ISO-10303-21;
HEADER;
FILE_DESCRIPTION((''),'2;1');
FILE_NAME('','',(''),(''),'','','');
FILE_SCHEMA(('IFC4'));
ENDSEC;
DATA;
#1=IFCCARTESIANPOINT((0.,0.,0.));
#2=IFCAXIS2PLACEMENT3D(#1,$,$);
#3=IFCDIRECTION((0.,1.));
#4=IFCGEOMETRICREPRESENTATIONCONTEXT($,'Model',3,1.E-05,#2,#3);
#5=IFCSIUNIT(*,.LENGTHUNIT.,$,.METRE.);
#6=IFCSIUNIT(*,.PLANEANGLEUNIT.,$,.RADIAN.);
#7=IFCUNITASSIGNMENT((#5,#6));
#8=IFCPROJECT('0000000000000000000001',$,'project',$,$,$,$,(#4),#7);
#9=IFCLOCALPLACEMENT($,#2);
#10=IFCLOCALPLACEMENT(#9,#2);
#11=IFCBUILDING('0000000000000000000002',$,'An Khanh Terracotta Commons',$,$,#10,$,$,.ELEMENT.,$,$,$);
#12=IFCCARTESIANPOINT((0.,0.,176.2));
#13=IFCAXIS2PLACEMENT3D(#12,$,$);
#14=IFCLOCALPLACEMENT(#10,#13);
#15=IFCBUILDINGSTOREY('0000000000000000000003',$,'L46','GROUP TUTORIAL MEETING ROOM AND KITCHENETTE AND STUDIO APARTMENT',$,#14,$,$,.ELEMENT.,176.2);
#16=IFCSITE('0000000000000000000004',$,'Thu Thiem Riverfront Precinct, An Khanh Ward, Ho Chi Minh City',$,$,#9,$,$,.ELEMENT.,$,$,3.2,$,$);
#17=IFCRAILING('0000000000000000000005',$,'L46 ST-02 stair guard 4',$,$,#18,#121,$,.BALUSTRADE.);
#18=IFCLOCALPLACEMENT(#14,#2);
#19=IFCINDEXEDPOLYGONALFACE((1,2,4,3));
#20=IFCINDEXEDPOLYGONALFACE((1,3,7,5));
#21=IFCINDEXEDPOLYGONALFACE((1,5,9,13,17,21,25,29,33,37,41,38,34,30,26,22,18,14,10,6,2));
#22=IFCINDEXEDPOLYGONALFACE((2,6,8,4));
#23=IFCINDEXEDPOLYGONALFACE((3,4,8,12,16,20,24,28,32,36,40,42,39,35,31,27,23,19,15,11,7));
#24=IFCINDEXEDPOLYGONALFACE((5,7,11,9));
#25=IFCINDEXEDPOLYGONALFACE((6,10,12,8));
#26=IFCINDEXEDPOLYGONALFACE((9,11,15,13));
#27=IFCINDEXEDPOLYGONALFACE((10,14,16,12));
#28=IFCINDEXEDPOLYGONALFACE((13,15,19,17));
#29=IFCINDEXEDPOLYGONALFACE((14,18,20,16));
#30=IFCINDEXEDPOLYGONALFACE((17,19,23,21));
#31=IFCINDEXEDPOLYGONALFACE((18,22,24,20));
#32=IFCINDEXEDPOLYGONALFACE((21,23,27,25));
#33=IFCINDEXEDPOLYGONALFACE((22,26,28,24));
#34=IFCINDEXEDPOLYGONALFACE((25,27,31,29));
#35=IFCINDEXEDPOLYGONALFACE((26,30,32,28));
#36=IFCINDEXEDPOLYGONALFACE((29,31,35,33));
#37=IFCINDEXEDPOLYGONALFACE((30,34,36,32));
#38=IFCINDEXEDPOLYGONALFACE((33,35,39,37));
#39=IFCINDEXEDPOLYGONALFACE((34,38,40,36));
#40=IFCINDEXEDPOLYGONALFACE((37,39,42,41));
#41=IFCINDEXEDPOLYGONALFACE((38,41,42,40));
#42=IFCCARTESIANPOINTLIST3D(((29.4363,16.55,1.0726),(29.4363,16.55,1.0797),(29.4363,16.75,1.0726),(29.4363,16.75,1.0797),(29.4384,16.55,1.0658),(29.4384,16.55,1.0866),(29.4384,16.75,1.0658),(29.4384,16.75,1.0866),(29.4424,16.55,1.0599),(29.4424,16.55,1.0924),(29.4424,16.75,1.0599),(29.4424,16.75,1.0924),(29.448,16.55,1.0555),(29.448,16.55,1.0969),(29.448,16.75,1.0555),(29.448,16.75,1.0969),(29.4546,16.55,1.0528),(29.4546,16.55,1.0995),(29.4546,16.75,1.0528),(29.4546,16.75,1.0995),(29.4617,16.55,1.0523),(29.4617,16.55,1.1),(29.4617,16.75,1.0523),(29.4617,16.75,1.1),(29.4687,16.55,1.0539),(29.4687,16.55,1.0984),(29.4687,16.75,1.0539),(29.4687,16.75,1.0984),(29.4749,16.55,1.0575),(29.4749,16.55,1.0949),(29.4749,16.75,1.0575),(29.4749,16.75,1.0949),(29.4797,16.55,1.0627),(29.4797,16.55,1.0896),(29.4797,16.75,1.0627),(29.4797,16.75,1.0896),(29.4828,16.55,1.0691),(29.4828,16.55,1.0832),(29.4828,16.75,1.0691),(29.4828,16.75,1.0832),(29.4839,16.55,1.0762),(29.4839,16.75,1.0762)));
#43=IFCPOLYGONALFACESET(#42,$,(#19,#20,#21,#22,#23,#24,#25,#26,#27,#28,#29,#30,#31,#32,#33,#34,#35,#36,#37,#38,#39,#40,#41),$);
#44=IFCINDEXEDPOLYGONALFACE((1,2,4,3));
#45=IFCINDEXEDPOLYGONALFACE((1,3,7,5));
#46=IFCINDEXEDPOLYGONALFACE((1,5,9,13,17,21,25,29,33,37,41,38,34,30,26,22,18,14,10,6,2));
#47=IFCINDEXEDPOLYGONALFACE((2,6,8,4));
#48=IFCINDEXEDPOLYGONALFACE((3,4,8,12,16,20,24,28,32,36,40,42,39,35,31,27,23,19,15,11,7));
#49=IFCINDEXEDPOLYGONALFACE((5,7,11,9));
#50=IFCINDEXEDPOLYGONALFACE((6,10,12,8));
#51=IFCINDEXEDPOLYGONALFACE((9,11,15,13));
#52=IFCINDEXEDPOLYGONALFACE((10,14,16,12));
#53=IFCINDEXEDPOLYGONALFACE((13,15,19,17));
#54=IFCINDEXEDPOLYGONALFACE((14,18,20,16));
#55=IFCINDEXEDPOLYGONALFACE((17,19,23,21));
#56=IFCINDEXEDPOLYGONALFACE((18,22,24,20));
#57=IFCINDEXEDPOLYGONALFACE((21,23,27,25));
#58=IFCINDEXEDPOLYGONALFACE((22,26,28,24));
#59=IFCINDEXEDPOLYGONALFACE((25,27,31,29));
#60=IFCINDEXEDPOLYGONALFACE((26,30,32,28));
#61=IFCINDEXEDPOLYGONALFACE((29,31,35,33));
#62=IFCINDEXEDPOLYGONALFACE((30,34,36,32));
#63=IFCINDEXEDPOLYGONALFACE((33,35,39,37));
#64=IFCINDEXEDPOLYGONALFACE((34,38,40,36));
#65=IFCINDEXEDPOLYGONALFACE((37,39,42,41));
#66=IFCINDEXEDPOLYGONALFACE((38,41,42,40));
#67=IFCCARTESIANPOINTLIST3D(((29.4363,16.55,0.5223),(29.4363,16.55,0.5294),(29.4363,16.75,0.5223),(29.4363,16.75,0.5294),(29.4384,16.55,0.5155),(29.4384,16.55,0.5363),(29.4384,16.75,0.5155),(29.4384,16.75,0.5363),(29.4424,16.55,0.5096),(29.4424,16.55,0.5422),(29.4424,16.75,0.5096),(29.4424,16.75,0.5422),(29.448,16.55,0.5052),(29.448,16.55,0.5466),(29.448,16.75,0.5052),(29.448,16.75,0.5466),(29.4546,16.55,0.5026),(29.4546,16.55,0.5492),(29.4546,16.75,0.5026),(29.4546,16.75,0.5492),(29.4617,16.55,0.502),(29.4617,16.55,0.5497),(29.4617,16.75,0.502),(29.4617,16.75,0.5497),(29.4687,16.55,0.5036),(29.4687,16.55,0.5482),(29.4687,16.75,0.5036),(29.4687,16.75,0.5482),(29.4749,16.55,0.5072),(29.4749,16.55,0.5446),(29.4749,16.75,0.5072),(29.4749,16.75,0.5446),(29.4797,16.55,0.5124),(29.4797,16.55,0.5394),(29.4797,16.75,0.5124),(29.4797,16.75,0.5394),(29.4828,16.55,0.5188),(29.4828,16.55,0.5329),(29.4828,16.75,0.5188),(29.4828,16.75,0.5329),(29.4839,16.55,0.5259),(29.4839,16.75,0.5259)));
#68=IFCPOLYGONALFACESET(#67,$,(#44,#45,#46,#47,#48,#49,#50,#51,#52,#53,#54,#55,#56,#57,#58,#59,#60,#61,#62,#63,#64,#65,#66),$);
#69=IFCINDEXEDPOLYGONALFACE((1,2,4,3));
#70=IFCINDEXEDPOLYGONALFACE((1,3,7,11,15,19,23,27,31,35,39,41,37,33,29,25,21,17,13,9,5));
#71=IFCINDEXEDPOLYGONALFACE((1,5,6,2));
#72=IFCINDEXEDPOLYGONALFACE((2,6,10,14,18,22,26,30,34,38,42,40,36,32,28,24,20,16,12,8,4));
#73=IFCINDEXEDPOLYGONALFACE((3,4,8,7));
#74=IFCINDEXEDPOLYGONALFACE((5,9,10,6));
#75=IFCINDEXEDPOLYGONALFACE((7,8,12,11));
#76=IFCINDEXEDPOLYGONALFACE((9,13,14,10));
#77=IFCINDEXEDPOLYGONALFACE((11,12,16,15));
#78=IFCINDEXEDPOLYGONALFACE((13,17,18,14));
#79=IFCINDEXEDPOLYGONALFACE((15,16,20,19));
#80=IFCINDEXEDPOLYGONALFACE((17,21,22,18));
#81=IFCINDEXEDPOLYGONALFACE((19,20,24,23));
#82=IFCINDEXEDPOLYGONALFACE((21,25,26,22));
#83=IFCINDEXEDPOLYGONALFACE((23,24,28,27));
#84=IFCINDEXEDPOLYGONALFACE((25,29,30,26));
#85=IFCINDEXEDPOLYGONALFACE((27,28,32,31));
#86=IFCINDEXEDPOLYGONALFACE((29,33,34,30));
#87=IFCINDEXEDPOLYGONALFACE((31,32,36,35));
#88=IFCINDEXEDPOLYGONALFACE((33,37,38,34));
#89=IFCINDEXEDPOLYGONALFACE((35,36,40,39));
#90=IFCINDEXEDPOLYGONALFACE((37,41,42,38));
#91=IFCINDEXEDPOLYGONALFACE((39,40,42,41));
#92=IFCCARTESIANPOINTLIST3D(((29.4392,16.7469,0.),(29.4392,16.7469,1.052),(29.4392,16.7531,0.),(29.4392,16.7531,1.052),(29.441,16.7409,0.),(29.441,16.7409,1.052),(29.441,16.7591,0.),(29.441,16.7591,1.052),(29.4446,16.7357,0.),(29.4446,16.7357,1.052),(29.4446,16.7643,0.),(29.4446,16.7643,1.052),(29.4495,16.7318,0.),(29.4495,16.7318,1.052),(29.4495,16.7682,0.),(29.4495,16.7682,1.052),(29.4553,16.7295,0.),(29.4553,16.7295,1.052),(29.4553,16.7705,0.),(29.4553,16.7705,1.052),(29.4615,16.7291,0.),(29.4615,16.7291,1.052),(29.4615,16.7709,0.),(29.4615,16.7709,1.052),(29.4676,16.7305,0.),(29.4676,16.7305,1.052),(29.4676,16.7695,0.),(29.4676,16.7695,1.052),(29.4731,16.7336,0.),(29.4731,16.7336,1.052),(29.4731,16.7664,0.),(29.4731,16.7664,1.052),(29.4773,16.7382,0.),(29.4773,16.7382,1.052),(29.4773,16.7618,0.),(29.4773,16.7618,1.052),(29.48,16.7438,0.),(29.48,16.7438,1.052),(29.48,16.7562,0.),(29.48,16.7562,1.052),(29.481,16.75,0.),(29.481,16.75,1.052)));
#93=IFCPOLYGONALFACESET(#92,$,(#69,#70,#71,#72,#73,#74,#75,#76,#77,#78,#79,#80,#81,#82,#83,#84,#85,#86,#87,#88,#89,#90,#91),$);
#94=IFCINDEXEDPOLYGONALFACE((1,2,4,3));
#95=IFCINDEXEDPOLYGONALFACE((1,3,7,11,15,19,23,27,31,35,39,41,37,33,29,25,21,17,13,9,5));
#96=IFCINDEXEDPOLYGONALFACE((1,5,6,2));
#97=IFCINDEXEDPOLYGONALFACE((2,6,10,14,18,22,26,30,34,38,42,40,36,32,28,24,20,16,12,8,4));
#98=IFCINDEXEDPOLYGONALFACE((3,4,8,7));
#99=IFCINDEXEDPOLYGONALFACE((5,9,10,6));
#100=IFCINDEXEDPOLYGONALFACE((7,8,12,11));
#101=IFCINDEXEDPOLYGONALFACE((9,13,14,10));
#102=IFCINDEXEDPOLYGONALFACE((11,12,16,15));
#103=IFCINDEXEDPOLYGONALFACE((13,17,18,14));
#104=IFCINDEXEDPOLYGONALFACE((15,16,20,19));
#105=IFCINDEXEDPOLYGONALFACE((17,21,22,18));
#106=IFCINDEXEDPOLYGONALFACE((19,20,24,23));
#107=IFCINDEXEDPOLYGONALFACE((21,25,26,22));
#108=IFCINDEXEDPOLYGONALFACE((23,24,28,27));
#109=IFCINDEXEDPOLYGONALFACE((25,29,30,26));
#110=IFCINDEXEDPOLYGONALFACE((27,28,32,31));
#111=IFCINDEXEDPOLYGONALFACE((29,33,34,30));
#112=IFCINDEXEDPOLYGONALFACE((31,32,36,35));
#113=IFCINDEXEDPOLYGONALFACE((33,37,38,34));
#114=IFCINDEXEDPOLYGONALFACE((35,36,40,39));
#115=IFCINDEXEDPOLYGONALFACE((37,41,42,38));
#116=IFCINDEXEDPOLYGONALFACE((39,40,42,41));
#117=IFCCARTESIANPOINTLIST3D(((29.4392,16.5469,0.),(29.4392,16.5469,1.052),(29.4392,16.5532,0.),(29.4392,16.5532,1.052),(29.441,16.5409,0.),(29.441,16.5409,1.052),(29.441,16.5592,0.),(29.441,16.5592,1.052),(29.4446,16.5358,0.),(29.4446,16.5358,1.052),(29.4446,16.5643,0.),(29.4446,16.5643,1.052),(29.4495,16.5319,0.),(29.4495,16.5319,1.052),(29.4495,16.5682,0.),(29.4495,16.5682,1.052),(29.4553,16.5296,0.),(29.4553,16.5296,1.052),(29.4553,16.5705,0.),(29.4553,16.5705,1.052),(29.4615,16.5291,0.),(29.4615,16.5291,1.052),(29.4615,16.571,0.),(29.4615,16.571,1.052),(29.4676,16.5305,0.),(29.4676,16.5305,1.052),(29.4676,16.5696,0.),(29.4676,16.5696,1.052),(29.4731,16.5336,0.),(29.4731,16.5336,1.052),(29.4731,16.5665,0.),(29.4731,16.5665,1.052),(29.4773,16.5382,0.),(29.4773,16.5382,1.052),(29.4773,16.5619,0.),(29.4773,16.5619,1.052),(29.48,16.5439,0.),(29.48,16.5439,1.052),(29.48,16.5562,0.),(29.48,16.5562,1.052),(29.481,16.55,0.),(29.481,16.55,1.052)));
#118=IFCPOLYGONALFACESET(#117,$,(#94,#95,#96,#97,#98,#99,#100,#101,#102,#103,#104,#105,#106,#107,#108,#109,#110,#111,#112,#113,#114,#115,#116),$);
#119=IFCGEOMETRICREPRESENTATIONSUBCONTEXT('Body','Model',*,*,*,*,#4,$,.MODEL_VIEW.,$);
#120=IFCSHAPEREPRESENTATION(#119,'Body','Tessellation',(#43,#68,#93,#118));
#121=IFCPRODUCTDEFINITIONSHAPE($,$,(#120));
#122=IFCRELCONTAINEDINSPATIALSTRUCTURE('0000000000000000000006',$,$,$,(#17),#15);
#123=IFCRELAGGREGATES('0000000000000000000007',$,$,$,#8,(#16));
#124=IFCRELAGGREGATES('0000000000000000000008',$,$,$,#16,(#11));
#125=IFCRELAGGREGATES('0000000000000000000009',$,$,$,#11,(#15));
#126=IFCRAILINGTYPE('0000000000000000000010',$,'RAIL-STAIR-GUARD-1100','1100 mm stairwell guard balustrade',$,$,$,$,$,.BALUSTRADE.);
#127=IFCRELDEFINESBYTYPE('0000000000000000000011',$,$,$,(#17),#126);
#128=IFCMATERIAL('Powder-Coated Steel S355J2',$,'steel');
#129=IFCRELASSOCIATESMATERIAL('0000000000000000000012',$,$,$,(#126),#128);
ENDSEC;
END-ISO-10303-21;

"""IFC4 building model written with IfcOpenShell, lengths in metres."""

from ifc_helpers import new_model, si_unit, direction, frame, origin, origin_2d, place, context, subcontext, project, spatial, circle, extrude, material, type_object, element, save


model = new_model("IFC4")

# Units and contexts
model_context = context("Model", 3, precision=1e-05, world=origin(), true_north=direction((0.0, 1.0)))
body_context = subcontext(model_context, "Body", "Model", "MODEL_VIEW")
ifc_project = project(units=[si_unit("LENGTHUNIT", "METRE"), si_unit("PLANEANGLEUNIT", "RADIAN")], contexts=[model_context])

# Site, building, storey
site_placement = place(None, origin())
site = spatial("IfcSite", under=ifc_project, at=site_placement, Name="Thu Thiem Riverfront Precinct, An Khanh Ward, Ho Chi Minh City", CompositionType="ELEMENT", RefElevation=3.2)
building_placement = place(site_placement, origin())
building = spatial("IfcBuilding", under=site, at=building_placement, Name="An Khanh Terracotta Commons", CompositionType="ELEMENT")
storey_placement = place(building_placement, frame((0.0, 0.0, 176.2)))
storey = spatial("IfcBuildingStorey", under=building, at=storey_placement, Name="L46", Description="GROUP TUTORIAL MEETING ROOM AND KITCHENETTE AND STUDIO APARTMENT", CompositionType="ELEMENT", Elevation=176.2)

# Railing
ifc_material_1 = material(Name="Powder-Coated Steel S355J2", Category="steel")
railing_type_1 = type_object("IfcRailingType", Name="RAIL-STAIR-GUARD-1100", Description="1100 mm stairwell guard balustrade", PredefinedType="BALUSTRADE", material=ifc_material_1)
railing_1_placement = place(storey_placement, frame((29.46, 16.75, 0.0)))
element("IfcRailing", 1, at=railing_1_placement, inside=storey, type_object=railing_type_1, Name="L46 ST-02 stair guard 4", PredefinedType="BALUSTRADE", context=body_context, shape_type="SweptSolid", body=[
    extrude(circle(Radius=0.0239, at=origin_2d()), frame((0.0, 0.0, 1.0762), z_axis=(0.0, -1.0, 0.0), x_axis=(1.0, 0.0, 0.0)), (0.0, 0.0, 1.0), 0.2),
    extrude(circle(Radius=0.0239, at=origin_2d()), frame((0.0, 0.0, 0.5259), z_axis=(0.0, -1.0, 0.0), x_axis=(1.0, 0.0, 0.0)), (0.0, 0.0, 1.0), 0.2),
    extrude(circle(Radius=0.021, at=origin_2d()), origin(), (0.0, 0.0, 1.0), 1.052),
    extrude(circle(Radius=0.021, at=origin_2d()), frame((0.0, -0.2, 0.0)), (0.0, 0.0, 1.0), 1.052),
])

save(model, "model.ifc")
